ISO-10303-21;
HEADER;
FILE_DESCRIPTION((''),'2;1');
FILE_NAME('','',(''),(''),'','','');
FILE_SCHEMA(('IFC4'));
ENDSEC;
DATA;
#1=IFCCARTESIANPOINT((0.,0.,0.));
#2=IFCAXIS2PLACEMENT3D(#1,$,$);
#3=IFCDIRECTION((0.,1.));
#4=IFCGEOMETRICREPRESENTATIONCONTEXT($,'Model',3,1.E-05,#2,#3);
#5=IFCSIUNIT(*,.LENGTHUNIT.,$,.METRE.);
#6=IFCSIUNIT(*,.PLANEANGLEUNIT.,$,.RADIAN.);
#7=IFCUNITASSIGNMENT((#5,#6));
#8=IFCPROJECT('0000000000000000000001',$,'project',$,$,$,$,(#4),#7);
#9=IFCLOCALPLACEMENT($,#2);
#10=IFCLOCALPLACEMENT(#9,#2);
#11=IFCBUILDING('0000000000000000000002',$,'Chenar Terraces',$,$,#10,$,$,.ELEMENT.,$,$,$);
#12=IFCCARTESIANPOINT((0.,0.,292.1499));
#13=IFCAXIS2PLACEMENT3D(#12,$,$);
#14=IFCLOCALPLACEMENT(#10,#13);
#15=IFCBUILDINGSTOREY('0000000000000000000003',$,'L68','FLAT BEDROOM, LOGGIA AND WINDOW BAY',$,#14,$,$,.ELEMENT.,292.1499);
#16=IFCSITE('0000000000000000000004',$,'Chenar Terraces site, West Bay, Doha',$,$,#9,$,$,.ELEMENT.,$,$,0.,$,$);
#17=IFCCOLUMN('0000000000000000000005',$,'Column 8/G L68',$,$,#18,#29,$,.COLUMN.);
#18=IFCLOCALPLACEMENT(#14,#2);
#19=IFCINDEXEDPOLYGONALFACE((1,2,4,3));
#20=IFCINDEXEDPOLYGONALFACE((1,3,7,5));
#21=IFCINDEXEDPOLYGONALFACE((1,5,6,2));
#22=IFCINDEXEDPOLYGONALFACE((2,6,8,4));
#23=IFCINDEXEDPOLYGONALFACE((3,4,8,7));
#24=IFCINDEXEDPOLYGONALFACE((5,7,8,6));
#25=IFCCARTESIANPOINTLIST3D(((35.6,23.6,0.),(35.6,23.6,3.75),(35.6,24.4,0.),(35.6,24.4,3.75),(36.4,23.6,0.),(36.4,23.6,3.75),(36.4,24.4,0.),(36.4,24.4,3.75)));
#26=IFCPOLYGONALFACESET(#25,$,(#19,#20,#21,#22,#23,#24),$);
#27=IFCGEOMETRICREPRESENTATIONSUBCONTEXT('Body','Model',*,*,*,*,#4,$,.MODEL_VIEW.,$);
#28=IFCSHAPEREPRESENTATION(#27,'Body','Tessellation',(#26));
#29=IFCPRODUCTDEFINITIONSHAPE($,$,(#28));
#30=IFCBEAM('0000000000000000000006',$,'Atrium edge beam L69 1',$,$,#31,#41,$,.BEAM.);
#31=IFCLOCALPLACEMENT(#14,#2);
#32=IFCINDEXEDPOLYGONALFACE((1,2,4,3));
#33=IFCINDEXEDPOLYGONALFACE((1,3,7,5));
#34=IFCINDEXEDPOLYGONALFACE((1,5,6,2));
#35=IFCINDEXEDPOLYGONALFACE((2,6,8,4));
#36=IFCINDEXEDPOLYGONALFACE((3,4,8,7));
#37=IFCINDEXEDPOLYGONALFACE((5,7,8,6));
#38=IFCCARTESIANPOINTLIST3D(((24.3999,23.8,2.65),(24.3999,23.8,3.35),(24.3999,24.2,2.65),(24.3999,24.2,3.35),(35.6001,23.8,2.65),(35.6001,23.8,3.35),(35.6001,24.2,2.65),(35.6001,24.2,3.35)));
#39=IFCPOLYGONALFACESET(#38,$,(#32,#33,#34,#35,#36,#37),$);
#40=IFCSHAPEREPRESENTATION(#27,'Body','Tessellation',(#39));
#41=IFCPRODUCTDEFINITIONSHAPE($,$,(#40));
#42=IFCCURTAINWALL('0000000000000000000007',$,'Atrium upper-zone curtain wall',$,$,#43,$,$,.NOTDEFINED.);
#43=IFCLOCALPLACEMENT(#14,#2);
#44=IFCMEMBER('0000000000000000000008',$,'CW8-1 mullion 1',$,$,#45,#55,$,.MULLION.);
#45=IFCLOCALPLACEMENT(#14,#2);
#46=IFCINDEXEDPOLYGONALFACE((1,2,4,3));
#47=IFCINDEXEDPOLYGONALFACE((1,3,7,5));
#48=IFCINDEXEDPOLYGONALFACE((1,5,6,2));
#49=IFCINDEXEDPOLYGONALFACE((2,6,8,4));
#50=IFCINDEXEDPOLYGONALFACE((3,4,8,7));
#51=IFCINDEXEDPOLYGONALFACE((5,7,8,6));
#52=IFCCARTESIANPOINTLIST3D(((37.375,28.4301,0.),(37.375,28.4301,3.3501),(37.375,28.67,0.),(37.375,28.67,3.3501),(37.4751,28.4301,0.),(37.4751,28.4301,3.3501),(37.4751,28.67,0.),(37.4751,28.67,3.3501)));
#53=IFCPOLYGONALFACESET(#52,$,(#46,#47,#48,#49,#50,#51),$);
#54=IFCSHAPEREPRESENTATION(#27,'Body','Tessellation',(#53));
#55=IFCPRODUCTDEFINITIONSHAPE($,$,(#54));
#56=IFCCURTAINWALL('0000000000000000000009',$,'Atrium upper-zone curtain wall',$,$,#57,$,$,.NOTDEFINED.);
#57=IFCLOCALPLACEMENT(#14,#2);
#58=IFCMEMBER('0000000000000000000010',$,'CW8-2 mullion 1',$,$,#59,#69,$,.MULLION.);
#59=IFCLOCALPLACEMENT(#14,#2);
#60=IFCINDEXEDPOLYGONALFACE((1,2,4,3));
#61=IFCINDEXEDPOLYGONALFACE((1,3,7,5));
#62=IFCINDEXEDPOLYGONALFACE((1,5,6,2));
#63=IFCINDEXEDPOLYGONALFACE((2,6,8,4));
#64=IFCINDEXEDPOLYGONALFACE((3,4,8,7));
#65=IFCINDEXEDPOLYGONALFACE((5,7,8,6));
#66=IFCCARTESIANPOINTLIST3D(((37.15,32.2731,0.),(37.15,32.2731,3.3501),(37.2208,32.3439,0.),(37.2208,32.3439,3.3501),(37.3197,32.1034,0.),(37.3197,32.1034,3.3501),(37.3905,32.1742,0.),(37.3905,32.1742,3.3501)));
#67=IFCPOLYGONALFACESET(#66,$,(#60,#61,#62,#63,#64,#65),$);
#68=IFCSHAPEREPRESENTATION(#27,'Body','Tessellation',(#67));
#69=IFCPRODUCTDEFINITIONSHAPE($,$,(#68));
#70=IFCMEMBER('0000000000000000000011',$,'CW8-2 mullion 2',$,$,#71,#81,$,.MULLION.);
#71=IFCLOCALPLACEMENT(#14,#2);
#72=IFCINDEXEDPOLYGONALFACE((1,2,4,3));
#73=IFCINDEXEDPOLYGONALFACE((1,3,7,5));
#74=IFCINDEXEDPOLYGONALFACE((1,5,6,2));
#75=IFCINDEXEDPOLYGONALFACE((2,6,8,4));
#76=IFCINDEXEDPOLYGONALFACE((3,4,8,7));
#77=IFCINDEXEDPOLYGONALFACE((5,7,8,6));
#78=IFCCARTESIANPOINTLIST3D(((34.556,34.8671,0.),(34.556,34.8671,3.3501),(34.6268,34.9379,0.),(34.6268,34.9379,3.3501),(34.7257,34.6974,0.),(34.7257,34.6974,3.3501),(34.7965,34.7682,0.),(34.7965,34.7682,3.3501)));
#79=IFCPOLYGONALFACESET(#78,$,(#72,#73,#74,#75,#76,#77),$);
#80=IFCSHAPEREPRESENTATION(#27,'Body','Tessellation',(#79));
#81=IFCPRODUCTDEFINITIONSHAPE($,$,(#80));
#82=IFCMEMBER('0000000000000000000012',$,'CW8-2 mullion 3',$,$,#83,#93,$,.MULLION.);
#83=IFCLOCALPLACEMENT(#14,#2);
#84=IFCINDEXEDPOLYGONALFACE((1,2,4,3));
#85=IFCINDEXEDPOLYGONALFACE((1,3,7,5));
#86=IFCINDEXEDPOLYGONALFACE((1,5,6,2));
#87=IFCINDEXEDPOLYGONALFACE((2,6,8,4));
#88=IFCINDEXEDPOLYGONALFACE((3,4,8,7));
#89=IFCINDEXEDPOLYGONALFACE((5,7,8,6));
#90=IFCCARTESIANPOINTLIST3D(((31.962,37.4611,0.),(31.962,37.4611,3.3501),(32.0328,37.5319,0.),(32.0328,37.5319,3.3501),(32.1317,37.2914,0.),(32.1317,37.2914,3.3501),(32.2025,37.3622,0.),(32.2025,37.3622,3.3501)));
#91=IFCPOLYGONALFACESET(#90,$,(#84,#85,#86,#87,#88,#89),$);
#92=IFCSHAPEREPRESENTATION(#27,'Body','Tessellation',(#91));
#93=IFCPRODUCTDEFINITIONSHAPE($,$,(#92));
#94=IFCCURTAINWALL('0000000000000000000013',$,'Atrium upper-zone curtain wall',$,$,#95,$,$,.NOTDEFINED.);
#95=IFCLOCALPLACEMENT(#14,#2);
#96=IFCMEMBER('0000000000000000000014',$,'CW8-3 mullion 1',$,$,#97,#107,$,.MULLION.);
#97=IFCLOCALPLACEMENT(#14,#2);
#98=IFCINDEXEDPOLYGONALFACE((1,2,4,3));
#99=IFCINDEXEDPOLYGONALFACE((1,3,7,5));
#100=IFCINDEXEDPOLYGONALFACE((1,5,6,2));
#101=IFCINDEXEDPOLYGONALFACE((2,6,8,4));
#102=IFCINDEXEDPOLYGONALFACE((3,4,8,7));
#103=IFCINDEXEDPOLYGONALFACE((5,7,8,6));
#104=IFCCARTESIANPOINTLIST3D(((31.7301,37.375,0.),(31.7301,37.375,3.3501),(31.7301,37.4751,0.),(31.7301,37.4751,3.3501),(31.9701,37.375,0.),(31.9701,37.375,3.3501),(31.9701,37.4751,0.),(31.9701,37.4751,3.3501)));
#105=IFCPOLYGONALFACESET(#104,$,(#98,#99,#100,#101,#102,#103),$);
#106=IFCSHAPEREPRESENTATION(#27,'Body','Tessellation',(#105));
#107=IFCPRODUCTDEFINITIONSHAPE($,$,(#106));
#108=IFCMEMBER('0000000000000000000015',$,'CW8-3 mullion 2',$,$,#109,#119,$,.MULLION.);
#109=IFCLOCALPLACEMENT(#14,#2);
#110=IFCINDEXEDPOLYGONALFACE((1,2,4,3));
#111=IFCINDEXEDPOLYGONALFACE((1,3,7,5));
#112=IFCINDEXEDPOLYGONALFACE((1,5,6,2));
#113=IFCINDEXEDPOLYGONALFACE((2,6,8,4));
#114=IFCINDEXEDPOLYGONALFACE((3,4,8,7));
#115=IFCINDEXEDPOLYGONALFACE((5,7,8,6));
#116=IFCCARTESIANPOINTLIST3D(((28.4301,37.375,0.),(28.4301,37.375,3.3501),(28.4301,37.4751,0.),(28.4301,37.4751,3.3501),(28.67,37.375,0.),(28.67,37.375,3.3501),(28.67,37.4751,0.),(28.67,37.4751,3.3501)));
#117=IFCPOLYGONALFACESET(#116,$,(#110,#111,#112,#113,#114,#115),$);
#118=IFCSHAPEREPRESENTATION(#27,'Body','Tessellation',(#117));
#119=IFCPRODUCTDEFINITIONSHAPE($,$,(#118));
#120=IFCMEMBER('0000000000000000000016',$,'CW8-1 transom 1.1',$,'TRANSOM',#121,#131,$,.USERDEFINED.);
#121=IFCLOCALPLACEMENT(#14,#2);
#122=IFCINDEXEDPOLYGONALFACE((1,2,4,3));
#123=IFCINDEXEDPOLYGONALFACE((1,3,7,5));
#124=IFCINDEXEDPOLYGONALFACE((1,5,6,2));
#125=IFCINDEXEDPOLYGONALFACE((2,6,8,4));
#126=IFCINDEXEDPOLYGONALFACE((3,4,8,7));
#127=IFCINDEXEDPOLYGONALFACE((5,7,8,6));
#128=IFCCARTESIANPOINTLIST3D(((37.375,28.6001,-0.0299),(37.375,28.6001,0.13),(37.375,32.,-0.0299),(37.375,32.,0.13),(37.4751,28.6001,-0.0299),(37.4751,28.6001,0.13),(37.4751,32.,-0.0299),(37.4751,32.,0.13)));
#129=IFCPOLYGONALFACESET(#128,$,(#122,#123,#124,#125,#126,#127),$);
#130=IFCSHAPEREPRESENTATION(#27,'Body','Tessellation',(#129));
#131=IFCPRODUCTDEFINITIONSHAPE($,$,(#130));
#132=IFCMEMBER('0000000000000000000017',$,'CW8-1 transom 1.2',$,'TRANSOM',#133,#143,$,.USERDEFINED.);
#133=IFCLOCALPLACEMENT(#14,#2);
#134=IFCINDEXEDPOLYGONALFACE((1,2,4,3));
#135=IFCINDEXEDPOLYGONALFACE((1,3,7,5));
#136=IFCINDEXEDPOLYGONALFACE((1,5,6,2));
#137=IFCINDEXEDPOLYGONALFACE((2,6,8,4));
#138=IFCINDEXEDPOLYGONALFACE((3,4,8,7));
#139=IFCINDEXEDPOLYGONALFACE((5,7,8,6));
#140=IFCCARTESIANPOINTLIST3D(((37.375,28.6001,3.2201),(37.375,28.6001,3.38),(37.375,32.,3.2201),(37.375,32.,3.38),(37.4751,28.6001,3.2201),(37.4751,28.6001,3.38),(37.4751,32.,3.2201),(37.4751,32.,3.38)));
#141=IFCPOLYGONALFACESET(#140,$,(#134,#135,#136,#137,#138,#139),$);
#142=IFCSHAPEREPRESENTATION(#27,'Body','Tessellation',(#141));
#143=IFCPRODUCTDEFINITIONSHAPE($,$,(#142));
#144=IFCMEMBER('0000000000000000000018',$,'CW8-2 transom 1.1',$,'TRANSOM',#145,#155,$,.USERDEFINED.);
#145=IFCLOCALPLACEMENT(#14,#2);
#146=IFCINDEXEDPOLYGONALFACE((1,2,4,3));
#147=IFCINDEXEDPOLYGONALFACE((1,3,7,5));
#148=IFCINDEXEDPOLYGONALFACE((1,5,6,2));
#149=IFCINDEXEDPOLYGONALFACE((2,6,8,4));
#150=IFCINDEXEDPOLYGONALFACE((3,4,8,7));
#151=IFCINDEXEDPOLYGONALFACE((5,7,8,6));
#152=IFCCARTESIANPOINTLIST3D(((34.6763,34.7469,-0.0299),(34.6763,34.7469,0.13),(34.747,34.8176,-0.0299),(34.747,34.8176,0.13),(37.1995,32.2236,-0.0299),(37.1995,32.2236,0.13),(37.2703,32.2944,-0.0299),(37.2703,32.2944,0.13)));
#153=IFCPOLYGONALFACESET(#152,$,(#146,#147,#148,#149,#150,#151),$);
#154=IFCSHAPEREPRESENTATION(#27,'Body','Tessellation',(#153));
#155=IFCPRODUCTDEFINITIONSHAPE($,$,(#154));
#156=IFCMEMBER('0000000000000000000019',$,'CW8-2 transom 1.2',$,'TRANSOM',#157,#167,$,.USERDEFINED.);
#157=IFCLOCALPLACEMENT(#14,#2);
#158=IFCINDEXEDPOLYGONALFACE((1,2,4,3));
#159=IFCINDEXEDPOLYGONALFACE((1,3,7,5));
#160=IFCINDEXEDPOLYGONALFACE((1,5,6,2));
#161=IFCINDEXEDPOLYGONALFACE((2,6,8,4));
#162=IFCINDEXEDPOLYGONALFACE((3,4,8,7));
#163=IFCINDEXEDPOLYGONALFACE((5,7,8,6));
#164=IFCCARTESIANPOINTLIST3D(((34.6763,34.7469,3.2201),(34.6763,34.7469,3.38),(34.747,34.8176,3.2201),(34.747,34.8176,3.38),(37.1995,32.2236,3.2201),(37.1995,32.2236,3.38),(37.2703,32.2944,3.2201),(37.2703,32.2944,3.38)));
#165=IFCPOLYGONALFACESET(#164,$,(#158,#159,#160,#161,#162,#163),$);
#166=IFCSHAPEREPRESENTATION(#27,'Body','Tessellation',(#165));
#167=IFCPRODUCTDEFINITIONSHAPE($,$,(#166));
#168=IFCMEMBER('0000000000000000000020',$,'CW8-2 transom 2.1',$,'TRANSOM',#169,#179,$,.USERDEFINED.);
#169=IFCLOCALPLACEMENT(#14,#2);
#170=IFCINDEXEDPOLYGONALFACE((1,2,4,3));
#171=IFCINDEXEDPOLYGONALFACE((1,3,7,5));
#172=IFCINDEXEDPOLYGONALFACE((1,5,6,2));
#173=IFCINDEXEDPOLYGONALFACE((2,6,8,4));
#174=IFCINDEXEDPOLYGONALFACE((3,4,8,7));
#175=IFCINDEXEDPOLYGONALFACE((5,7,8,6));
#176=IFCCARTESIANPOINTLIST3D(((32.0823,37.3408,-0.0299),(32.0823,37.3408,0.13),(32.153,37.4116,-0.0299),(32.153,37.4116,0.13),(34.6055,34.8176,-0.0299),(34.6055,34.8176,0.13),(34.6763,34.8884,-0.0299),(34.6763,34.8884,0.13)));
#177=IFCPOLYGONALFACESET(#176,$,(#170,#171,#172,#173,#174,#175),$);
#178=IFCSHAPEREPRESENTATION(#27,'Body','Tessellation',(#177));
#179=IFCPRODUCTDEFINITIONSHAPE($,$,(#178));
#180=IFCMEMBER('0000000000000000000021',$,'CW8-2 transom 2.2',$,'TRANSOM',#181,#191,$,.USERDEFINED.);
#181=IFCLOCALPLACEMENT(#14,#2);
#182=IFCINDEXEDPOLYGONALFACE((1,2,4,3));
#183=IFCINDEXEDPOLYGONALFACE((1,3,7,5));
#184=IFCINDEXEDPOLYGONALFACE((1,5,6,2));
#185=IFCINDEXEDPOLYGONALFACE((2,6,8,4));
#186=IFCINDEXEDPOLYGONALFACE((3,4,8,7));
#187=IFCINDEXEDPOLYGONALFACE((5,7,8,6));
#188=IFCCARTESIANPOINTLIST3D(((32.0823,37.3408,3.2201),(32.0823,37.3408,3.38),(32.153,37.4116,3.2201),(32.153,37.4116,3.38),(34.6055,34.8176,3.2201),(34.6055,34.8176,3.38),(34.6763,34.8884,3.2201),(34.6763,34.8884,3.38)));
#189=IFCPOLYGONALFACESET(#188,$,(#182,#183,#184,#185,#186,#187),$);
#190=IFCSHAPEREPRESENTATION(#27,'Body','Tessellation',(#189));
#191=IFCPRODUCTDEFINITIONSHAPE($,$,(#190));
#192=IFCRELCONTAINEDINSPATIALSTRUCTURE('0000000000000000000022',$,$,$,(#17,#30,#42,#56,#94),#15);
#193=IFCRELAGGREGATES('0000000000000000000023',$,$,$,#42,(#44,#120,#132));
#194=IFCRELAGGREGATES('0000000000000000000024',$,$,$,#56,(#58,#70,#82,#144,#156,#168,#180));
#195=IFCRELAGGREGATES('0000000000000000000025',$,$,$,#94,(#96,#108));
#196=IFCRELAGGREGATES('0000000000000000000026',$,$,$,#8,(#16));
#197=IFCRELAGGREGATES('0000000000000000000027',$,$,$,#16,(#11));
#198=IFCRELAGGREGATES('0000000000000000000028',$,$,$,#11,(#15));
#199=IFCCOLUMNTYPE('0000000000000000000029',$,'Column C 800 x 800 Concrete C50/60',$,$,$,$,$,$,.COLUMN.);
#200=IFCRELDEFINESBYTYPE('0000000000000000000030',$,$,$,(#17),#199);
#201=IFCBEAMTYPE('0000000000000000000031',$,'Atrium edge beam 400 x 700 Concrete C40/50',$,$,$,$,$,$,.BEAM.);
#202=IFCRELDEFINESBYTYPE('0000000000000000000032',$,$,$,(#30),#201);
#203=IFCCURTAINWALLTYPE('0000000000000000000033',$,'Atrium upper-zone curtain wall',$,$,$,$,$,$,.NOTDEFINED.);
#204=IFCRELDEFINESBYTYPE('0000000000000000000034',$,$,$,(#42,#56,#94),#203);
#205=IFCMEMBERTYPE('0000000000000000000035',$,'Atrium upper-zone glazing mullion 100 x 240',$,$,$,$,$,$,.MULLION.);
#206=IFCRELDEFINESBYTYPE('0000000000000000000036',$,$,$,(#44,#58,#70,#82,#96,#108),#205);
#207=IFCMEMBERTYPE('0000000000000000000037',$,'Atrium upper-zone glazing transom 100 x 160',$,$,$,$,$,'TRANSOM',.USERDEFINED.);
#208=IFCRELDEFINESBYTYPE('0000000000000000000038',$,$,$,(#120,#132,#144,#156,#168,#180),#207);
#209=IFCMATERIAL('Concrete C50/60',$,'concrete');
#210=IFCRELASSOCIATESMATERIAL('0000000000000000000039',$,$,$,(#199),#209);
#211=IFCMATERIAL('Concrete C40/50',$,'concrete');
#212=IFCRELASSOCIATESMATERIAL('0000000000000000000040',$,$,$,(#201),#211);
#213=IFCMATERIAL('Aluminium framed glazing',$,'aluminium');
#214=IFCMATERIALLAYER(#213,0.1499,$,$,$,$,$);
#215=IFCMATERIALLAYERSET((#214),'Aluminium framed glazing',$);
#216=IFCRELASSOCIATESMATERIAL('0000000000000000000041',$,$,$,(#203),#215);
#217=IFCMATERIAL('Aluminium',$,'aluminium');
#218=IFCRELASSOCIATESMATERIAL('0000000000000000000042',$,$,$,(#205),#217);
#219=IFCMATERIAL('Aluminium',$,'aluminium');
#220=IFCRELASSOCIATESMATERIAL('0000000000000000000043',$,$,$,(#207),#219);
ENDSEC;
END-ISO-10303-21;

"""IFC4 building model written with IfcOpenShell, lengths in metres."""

from ifc_helpers import new_model, si_unit, direction, frame, origin, origin_2d, place, context, subcontext, project, spatial, rectangle, extrude, material, layer, layer_set, material_profile, profile_set, type_object, element, aggregate, save


model = new_model("IFC4")

# Units and contexts
model_context = context("Model", 3, precision=1e-05, world=origin(), true_north=direction((0.0, 1.0)))
body_context = subcontext(model_context, "Body", "Model", "MODEL_VIEW")
ifc_project = project(units=[si_unit("LENGTHUNIT", "METRE"), si_unit("PLANEANGLEUNIT", "RADIAN")], contexts=[model_context])

# Site, building, storey
site_placement = place(None, origin())
site = spatial("IfcSite", under=ifc_project, at=site_placement, Name="Chenar Terraces site, West Bay, Doha", CompositionType="ELEMENT", RefElevation=0.0)
building_placement = place(site_placement, origin())
building = spatial("IfcBuilding", under=site, at=building_placement, Name="Chenar Terraces", CompositionType="ELEMENT")
storey_placement = place(building_placement, frame((0.0, 0.0, 292.1499)))
storey = spatial("IfcBuildingStorey", under=building, at=storey_placement, Name="L68", Description="FLAT BEDROOM, LOGGIA AND WINDOW BAY", CompositionType="ELEMENT", Elevation=292.1499)

# Column
ifc_material_1 = material(Name="Concrete C50/60", Category="concrete")
ifc_material_profile_1 = material_profile(ifc_material_1, rectangle(XDim=0.8, YDim=0.8, at=origin_2d()), Name="C 800 x 800")
ifc_profile_set_1 = profile_set([ifc_material_profile_1], Name="Concrete C50/60")
column_type = type_object("IfcColumnType", Name="Column C 800 x 800 Concrete C50/60", PredefinedType="COLUMN", material=ifc_profile_set_1)
column_placement = place(storey_placement, frame((36.0, 24.0, 0.0), z_axis=(0.0, 0.0, 1.0), x_axis=(1.0, 0.0, 0.0)))
element("IfcColumn", 1, at=column_placement, inside=storey, type_object=column_type, Name="Column 8/G L68", PredefinedType="COLUMN", context=body_context, shape_type="SweptSolid", body=[
    extrude(rectangle(XDim=0.8, YDim=0.8, at=origin_2d()), origin(), (0.0, 0.0, 1.0), 3.75),
])

# Beam
ifc_material_2 = material(Name="Concrete C40/50", Category="concrete")
ifc_material_profile_2 = material_profile(ifc_material_2, rectangle(XDim=0.3999, YDim=0.7, at=origin_2d()), Name="RC 400 x 700")
ifc_profile_set_2 = profile_set([ifc_material_profile_2], Name="Concrete C40/50")
beam_type = type_object("IfcBeamType", Name="Atrium edge beam 400 x 700 Concrete C40/50", PredefinedType="BEAM", material=ifc_profile_set_2)
beam_placement = place(storey_placement, frame((24.3999, 24.0, 3.0), z_axis=(1.0, 0.0, 0.0), x_axis=(0.0, 1.0, 0.0)))
element("IfcBeam", 2, at=beam_placement, inside=storey, type_object=beam_type, Name="Atrium edge beam L69 1", PredefinedType="BEAM", context=body_context, shape_type="SweptSolid", body=[
    extrude(rectangle(XDim=0.3999, YDim=0.7, at=origin_2d()), origin(), (0.0, 0.0, 1.0), 11.2002),
])

# Curtain wall, member
ifc_material_3 = material(Name="Aluminium framed glazing", Category="aluminium")
ifc_layer_1 = layer(ifc_material_3, 0.1499)
ifc_layer_set_1 = layer_set([ifc_layer_1], Name="Aluminium framed glazing")
curtain_wall_type = type_object("IfcCurtainWallType", Name="Atrium upper-zone curtain wall", PredefinedType="NOTDEFINED", material=ifc_layer_set_1)
placement = place(storey_placement, origin())
curtain_wall_1 = element("IfcCurtainWall", 3, at=placement, inside=storey, type_object=curtain_wall_type, Name="Atrium upper-zone curtain wall", PredefinedType="NOTDEFINED")
ifc_material_4 = material(Name="Aluminium", Category="aluminium")
ifc_material_profile_3 = material_profile(ifc_material_4, rectangle(XDim=0.1001, YDim=0.24, at=origin_2d()), Name="Atrium upper-zone glazing mullion 100 x 240")
ifc_profile_set_3 = profile_set([ifc_material_profile_3], Name="Aluminium")
member_type_1 = type_object("IfcMemberType", Name="Atrium upper-zone glazing mullion 100 x 240", PredefinedType="MULLION", material=ifc_profile_set_3)
member_1_placement = place(storey_placement, frame((37.425, 28.55, 0.0), z_axis=(0.0, 0.0, 1.0), x_axis=(-1.0, 0.0, 0.0)))
member_1 = element("IfcMember", 4, at=member_1_placement, type_object=member_type_1, Name="CW8-1 mullion 1", PredefinedType="MULLION", context=body_context, shape_type="SweptSolid", body=[
    extrude(rectangle(XDim=0.1001, YDim=0.24, at=origin_2d()), origin(), (0.0, 0.0, 1.0), 3.3501),
])

# Curtain walls, members
curtain_wall_2 = element("IfcCurtainWall", 5, at=placement, inside=storey, type_object=curtain_wall_type, Name="Atrium upper-zone curtain wall", PredefinedType="NOTDEFINED")
member_2_placement = place(storey_placement, frame((37.2703, 32.2236, 0.0), z_axis=(0.0, 0.0, 1.0), x_axis=(-0.707107, -0.707107, 0.0)))
member_2 = element("IfcMember", 6, at=member_2_placement, type_object=member_type_1, Name="CW8-2 mullion 1", PredefinedType="MULLION", context=body_context, shape_type="SweptSolid", body=[
    extrude(rectangle(XDim=0.1001, YDim=0.24, at=origin_2d()), origin(), (0.0, 0.0, 1.0), 3.3501),
])
member_3_placement = place(storey_placement, frame((34.6763, 34.8176, 0.0), z_axis=(0.0, 0.0, 1.0), x_axis=(-0.707107, -0.707107, 0.0)))
member_3 = element("IfcMember", 7, at=member_3_placement, type_object=member_type_1, Name="CW8-2 mullion 2", PredefinedType="MULLION", context=body_context, shape_type="SweptSolid", body=[
    extrude(rectangle(XDim=0.1001, YDim=0.24, at=origin_2d()), origin(), (0.0, 0.0, 1.0), 3.3501),
])
member_4_placement = place(storey_placement, frame((32.0823, 37.4116, 0.0), z_axis=(0.0, 0.0, 1.0), x_axis=(-0.707107, -0.707107, 0.0)))
member_4 = element("IfcMember", 8, at=member_4_placement, type_object=member_type_1, Name="CW8-2 mullion 3", PredefinedType="MULLION", context=body_context, shape_type="SweptSolid", body=[
    extrude(rectangle(XDim=0.1001, YDim=0.24, at=origin_2d()), origin(), (0.0, 0.0, 1.0), 3.3501),
])
curtain_wall_3 = element("IfcCurtainWall", 9, at=placement, inside=storey, type_object=curtain_wall_type, Name="Atrium upper-zone curtain wall", PredefinedType="NOTDEFINED")
member_5_placement = place(storey_placement, frame((31.8501, 37.425, 0.0), z_axis=(0.0, 0.0, 1.0), x_axis=(0.0, -1.0, 0.0)))
member_5 = element("IfcMember", 10, at=member_5_placement, type_object=member_type_1, Name="CW8-3 mullion 1", PredefinedType="MULLION", context=body_context, shape_type="SweptSolid", body=[
    extrude(rectangle(XDim=0.1001, YDim=0.24, at=origin_2d()), origin(), (0.0, 0.0, 1.0), 3.3501),
])
member_6_placement = place(storey_placement, frame((28.55, 37.425, 0.0), z_axis=(0.0, 0.0, 1.0), x_axis=(0.0, -1.0, 0.0)))
member_6 = element("IfcMember", 11, at=member_6_placement, type_object=member_type_1, Name="CW8-3 mullion 2", PredefinedType="MULLION", context=body_context, shape_type="SweptSolid", body=[
    extrude(rectangle(XDim=0.1001, YDim=0.24, at=origin_2d()), origin(), (0.0, 0.0, 1.0), 3.3501),
])

# Members
ifc_material_5 = material(Name="Aluminium", Category="aluminium")
ifc_material_profile_4 = material_profile(ifc_material_5, rectangle(XDim=0.1001, YDim=0.1599, at=origin_2d()), Name="Atrium upper-zone glazing transom 100 x 160")
ifc_profile_set_4 = profile_set([ifc_material_profile_4], Name="Aluminium")
member_type_2 = type_object("IfcMemberType", Name="Atrium upper-zone glazing transom 100 x 160", ElementType="TRANSOM", PredefinedType="USERDEFINED", material=ifc_profile_set_4)
member_7_placement = place(storey_placement, frame((37.425, 28.6001, 0.05), z_axis=(0.0, 1.0, 0.0), x_axis=(-1.0, 0.0, 0.0)))
member_7 = element("IfcMember", 12, at=member_7_placement, type_object=member_type_2, Name="CW8-1 transom 1.1", ObjectType="TRANSOM", PredefinedType="USERDEFINED", context=body_context, shape_type="SweptSolid", body=[
    extrude(rectangle(XDim=0.1001, YDim=0.1599, at=origin_2d()), origin(), (0.0, 0.0, 1.0), 3.3999),
])
member_8_placement = place(storey_placement, frame((37.425, 28.6001, 3.3), z_axis=(0.0, 1.0, 0.0), x_axis=(-1.0, 0.0, 0.0)))
member_8 = element("IfcMember", 13, at=member_8_placement, type_object=member_type_2, Name="CW8-1 transom 1.2", ObjectType="TRANSOM", PredefinedType="USERDEFINED", context=body_context, shape_type="SweptSolid", body=[
    extrude(rectangle(XDim=0.1001, YDim=0.1599, at=origin_2d()), origin(), (0.0, 0.0, 1.0), 3.3999),
])
aggregate(curtain_wall_1, [member_1, member_7, member_8])
member_9_placement = place(storey_placement, frame((37.2349, 32.259, 0.05), z_axis=(-0.707107, 0.707107, 0.0), x_axis=(-0.707107, -0.707107, 0.0)))
member_9 = element("IfcMember", 14, at=member_9_placement, type_object=member_type_2, Name="CW8-2 transom 1.1", ObjectType="TRANSOM", PredefinedType="USERDEFINED", context=body_context, shape_type="SweptSolid", body=[
    extrude(rectangle(XDim=0.1001, YDim=0.1599, at=origin_2d()), origin(), (0.0, 0.0, 1.0), 3.5684),
])
member_10_placement = place(storey_placement, frame((37.2349, 32.259, 3.3), z_axis=(-0.707107, 0.707107, 0.0), x_axis=(-0.707107, -0.707107, 0.0)))
member_10 = element("IfcMember", 15, at=member_10_placement, type_object=member_type_2, Name="CW8-2 transom 1.2", ObjectType="TRANSOM", PredefinedType="USERDEFINED", context=body_context, shape_type="SweptSolid", body=[
    extrude(rectangle(XDim=0.1001, YDim=0.1599, at=origin_2d()), origin(), (0.0, 0.0, 1.0), 3.5684),
])
member_11_placement = place(storey_placement, frame((34.6409, 34.853, 0.05), z_axis=(-0.707107, 0.707107, 0.0), x_axis=(-0.707107, -0.707107, 0.0)))
member_11 = element("IfcMember", 16, at=member_11_placement, type_object=member_type_2, Name="CW8-2 transom 2.1", ObjectType="TRANSOM", PredefinedType="USERDEFINED", context=body_context, shape_type="SweptSolid", body=[
    extrude(rectangle(XDim=0.1001, YDim=0.1599, at=origin_2d()), origin(), (0.0, 0.0, 1.0), 3.5684),
])
member_12_placement = place(storey_placement, frame((34.6409, 34.853, 3.3), z_axis=(-0.707107, 0.707107, 0.0), x_axis=(-0.707107, -0.707107, 0.0)))
member_12 = element("IfcMember", 17, at=member_12_placement, type_object=member_type_2, Name="CW8-2 transom 2.2", ObjectType="TRANSOM", PredefinedType="USERDEFINED", context=body_context, shape_type="SweptSolid", body=[
    extrude(rectangle(XDim=0.1001, YDim=0.1599, at=origin_2d()), origin(), (0.0, 0.0, 1.0), 3.5684),
])

aggregate(curtain_wall_2, [member_2, member_3, member_4, member_9, member_10, member_11, member_12])
aggregate(curtain_wall_3, [member_5, member_6])

save(model, "model.ifc")
